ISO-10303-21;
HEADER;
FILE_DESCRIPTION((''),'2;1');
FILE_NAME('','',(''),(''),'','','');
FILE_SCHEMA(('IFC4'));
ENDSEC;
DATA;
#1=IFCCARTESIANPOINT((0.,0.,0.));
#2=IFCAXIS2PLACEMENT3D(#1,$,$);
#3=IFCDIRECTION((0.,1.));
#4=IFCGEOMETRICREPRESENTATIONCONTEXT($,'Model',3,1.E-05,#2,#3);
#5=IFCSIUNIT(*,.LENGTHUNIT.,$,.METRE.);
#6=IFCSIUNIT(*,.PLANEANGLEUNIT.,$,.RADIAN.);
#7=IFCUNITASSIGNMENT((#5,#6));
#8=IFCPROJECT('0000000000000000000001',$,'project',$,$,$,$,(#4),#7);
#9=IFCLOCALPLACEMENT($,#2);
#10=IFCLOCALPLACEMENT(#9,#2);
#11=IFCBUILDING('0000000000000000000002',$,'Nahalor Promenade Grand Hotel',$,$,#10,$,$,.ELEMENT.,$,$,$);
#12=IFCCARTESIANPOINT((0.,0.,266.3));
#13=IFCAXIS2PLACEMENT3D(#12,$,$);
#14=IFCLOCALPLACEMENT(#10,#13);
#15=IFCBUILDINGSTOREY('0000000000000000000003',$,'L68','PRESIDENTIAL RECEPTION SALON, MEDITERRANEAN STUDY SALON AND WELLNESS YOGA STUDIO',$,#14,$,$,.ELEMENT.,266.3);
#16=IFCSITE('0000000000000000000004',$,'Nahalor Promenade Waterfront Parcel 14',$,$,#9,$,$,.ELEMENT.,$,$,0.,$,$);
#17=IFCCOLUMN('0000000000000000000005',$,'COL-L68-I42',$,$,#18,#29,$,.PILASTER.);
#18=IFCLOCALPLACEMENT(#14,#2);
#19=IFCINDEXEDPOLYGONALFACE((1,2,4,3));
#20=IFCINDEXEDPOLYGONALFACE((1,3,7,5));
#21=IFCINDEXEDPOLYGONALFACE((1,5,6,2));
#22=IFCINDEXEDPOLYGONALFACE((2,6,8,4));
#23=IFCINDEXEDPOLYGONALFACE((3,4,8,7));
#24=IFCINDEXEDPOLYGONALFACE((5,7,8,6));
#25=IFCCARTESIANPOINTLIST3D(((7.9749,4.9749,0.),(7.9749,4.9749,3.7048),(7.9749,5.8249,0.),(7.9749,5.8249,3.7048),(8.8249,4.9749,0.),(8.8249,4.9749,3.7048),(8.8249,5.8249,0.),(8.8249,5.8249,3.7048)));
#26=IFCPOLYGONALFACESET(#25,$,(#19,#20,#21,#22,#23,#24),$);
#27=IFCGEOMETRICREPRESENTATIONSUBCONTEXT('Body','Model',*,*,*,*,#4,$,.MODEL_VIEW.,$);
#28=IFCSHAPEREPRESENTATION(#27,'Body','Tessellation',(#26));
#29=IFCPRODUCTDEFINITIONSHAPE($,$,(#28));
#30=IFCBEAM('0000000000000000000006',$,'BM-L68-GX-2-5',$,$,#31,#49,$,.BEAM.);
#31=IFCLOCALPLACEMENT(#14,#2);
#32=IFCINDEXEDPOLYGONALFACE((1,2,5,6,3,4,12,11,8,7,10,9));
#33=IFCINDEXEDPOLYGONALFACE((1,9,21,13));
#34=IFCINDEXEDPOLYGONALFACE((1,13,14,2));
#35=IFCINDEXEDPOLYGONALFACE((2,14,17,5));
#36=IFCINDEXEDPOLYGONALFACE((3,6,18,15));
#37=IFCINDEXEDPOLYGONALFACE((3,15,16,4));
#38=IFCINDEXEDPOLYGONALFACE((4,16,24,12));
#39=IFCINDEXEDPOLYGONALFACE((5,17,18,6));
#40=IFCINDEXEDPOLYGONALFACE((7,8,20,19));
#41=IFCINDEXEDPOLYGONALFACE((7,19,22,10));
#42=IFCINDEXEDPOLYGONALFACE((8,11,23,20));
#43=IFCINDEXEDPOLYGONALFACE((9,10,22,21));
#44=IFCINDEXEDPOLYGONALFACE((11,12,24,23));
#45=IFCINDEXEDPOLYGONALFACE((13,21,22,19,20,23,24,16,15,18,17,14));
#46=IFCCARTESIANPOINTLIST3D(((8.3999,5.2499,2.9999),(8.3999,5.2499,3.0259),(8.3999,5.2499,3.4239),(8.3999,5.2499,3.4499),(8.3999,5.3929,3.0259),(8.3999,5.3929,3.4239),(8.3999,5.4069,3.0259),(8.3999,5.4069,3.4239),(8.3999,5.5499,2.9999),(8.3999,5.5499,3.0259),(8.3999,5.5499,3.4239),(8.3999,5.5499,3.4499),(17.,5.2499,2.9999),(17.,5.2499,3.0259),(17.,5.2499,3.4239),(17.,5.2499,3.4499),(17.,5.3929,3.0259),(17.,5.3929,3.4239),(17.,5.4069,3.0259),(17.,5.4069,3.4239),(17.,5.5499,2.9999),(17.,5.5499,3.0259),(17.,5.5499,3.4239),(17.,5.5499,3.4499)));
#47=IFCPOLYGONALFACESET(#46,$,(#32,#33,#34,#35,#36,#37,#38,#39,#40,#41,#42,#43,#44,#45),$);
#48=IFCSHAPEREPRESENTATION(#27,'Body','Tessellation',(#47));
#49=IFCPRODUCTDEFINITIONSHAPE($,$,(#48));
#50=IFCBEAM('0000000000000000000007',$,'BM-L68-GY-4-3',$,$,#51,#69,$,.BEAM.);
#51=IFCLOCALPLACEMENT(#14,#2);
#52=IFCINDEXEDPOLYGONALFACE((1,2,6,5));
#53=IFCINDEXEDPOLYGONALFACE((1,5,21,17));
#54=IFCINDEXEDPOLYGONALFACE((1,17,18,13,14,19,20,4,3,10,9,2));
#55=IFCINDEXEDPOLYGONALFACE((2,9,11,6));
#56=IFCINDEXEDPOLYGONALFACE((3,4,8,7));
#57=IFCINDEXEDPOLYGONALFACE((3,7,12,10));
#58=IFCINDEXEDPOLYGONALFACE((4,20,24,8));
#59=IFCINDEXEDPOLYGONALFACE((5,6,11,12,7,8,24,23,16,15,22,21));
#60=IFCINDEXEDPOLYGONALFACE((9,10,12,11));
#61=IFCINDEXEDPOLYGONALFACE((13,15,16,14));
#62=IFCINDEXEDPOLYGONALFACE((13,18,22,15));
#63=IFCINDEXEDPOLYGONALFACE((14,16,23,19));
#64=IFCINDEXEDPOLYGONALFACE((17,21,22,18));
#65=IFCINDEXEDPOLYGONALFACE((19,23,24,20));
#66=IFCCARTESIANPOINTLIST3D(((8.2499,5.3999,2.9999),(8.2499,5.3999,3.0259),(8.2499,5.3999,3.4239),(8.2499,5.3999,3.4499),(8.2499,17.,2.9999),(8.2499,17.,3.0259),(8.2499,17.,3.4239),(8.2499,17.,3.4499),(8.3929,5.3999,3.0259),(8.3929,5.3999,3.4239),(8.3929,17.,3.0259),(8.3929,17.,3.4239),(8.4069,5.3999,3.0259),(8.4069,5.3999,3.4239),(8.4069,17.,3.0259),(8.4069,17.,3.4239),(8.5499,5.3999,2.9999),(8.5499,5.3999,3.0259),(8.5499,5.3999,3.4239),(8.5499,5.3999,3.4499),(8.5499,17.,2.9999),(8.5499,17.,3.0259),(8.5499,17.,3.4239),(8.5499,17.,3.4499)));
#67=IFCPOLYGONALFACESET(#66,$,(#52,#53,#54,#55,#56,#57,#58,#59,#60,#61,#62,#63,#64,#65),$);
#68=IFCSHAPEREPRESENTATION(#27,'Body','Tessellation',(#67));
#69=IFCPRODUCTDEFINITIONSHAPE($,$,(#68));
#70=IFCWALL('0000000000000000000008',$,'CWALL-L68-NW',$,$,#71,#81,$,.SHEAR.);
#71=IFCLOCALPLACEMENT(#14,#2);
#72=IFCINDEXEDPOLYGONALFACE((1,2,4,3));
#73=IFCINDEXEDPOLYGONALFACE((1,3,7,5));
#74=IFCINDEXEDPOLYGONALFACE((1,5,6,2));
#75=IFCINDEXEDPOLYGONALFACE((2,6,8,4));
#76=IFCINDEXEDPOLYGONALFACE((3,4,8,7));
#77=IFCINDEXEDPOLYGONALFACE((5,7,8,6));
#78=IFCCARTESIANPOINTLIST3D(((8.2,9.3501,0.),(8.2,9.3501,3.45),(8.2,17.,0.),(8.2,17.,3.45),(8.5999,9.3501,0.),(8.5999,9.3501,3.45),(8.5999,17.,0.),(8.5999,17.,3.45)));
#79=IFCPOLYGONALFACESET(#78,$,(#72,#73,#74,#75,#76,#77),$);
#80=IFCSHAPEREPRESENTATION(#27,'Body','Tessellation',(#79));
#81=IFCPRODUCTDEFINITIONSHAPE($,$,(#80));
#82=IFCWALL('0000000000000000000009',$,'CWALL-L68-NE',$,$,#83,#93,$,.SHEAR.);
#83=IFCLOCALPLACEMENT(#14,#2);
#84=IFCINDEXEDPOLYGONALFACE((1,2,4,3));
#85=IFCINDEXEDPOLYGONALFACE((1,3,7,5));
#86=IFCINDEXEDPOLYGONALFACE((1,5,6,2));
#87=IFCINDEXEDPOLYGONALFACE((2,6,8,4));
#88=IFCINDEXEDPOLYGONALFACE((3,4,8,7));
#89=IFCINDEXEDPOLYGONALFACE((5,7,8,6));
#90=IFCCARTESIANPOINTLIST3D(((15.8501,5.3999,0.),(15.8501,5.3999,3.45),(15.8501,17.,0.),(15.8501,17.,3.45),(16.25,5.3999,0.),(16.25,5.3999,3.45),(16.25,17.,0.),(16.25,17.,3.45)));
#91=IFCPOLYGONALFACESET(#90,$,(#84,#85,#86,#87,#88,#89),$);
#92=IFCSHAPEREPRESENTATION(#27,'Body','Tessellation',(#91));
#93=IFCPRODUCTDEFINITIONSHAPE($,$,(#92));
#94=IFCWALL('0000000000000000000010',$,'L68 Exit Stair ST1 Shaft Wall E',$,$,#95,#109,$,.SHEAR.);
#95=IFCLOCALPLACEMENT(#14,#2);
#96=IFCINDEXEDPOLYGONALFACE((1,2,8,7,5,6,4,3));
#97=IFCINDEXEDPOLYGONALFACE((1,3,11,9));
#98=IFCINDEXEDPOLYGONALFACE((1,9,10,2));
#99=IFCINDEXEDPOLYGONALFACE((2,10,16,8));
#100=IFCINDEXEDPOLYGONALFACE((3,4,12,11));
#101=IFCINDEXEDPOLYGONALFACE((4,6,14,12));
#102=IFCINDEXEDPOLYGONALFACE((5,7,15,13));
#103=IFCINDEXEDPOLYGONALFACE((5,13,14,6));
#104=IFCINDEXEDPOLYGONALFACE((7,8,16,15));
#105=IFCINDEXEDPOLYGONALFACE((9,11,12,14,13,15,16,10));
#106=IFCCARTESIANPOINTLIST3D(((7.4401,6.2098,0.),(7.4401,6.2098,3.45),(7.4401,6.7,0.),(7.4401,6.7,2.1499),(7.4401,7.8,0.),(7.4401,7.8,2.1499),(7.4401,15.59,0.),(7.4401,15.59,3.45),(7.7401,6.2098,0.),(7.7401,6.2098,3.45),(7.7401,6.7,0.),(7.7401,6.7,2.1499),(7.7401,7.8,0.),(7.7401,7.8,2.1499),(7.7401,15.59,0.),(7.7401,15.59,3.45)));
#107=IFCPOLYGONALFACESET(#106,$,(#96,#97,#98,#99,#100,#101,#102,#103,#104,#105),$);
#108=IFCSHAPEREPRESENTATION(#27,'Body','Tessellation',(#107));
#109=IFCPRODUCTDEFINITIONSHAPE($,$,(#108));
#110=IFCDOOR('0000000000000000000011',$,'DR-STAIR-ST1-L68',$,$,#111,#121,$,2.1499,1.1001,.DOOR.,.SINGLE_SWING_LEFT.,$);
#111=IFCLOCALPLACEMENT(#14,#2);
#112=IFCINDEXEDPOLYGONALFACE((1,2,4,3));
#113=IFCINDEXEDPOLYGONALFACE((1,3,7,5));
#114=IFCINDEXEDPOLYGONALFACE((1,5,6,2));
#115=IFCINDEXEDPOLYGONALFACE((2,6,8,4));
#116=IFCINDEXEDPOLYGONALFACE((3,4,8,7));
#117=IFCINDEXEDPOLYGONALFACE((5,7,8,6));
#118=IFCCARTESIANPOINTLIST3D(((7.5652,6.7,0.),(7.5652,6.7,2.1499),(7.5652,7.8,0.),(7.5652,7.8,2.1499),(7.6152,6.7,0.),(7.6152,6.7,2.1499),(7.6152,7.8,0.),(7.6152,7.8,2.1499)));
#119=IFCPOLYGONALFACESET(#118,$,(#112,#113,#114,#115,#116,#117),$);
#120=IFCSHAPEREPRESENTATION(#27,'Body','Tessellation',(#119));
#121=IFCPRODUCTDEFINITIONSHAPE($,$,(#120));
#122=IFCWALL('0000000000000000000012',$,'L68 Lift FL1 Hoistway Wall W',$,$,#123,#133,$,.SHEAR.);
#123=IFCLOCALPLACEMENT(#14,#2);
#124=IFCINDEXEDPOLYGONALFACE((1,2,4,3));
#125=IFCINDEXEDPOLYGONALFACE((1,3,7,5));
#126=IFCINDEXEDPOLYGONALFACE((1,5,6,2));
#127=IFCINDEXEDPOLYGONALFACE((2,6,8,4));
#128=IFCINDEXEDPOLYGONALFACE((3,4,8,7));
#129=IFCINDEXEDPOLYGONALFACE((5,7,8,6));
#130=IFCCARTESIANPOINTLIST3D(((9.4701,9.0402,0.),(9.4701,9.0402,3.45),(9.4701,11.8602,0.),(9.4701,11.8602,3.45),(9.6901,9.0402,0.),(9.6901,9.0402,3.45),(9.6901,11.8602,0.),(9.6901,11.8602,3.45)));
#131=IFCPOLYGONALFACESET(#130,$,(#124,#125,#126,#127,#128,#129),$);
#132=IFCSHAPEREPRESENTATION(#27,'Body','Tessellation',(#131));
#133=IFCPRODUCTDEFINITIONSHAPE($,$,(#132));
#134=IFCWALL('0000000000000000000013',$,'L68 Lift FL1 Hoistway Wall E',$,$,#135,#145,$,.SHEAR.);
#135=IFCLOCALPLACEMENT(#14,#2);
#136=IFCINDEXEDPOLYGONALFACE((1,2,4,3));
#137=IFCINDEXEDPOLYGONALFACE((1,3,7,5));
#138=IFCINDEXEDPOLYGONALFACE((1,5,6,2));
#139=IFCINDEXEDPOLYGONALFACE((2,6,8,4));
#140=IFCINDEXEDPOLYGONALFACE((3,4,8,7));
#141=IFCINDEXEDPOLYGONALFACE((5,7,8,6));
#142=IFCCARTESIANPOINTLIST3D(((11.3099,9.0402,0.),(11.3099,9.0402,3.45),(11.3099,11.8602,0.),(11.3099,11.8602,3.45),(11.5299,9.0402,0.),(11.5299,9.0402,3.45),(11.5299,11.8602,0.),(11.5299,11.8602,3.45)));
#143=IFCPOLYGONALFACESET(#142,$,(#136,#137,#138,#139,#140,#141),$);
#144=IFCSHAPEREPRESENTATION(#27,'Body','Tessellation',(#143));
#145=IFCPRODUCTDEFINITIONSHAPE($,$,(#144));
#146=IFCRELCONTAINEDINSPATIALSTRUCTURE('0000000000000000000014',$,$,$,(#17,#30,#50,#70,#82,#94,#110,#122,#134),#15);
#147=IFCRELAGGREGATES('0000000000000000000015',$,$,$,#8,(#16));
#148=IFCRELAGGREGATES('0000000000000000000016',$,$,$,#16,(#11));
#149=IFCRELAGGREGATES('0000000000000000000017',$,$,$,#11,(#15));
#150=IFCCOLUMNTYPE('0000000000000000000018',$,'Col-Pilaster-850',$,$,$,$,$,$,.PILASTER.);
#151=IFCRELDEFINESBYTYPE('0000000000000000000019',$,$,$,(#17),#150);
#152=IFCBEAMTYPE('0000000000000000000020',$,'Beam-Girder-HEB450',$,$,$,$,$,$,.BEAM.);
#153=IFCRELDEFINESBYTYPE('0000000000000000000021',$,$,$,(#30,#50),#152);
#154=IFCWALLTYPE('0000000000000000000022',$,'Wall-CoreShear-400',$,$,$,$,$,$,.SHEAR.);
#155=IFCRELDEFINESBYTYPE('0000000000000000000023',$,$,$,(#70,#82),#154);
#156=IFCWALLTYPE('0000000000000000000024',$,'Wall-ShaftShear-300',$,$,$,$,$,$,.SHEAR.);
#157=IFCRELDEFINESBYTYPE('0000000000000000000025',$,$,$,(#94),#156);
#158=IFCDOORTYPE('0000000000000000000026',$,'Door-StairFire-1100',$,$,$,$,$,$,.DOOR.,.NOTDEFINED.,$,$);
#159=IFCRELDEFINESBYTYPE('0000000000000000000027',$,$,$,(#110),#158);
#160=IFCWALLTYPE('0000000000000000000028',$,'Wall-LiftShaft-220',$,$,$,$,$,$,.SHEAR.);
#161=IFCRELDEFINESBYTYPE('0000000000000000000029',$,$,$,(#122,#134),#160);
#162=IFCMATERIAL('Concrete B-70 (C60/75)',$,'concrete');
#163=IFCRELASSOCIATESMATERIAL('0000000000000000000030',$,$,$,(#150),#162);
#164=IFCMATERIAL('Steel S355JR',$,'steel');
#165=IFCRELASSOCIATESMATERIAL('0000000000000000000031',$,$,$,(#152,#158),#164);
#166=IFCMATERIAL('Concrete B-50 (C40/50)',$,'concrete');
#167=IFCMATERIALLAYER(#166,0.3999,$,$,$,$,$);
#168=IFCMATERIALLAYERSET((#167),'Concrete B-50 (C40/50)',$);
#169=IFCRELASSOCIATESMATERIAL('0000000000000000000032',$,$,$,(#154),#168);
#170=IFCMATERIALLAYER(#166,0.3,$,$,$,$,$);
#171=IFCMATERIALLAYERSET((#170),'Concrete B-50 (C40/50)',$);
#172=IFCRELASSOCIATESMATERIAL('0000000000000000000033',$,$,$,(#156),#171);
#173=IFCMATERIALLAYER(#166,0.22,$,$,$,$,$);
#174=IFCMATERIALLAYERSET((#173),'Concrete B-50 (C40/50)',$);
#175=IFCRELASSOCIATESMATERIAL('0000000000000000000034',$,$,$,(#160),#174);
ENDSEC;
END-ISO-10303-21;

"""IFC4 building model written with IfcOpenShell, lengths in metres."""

from ifc_helpers import new_model, si_unit, direction, frame, frame_2d, origin, origin_2d, place, context, subcontext, project, spatial, rectangle, i_section, extrude, source, transform, mapped, material, layer, layer_set, material_profile, profile_set, type_object, element, fill, save


model = new_model("IFC4")

# Units and contexts
model_context = context("Model", 3, precision=1e-05, world=origin(), true_north=direction((0.0, 1.0)))
body_context = subcontext(model_context, "Body", "Model", "MODEL_VIEW")
ifc_project = project(units=[si_unit("LENGTHUNIT", "METRE"), si_unit("PLANEANGLEUNIT", "RADIAN")], contexts=[model_context])

# Site, building, storey
site_placement = place(None, origin())
site = spatial("IfcSite", under=ifc_project, at=site_placement, Name="Nahalor Promenade Waterfront Parcel 14", CompositionType="ELEMENT", RefElevation=0.0)
building_placement = place(site_placement, origin())
building = spatial("IfcBuilding", under=site, at=building_placement, Name="Nahalor Promenade Grand Hotel", CompositionType="ELEMENT")
storey_placement = place(building_placement, frame((0.0, 0.0, 266.3)))
storey = spatial("IfcBuildingStorey", under=building, at=storey_placement, Name="L68", Description="PRESIDENTIAL RECEPTION SALON, MEDITERRANEAN STUDY SALON AND WELLNESS YOGA STUDIO", CompositionType="ELEMENT", Elevation=266.3)

# Column
ifc_material_1 = material(Name="Concrete B-70 (C60/75)", Category="concrete")
ifc_material_profile_1 = material_profile(ifc_material_1, rectangle(XDim=0.85, YDim=0.85, at=origin_2d()), Name="RC 850x850")
ifc_profile_set_1 = profile_set([ifc_material_profile_1], Name="Concrete B-70 (C60/75)")
column_type = type_object("IfcColumnType", Name="Col-Pilaster-850", PredefinedType="PILASTER", material=ifc_profile_set_1)
shared_shape_1 = source(origin(), body_context, "Body", "SweptSolid", [
    extrude(rectangle(XDim=0.85, YDim=0.85, at=origin_2d()), origin(), (0.0, 0.0, 1.0), 3.7048),
])
column_placement = place(storey_placement, frame((8.3999, 5.3999, 0.0), z_axis=(0.0, 0.0, 1.0), x_axis=(1.0, 0.0, 0.0)))
element("IfcColumn", 1, at=column_placement, inside=storey, type_object=column_type, Name="COL-L68-I42", PredefinedType="PILASTER", context=body_context, shape_type="MappedRepresentation", body=[
    mapped(shared_shape_1, transform((0.0, 0.0, 0.0), scale=1.0)),
])

# Beams
ifc_material_2 = material(Name="Steel S355JR", Category="steel")
ifc_material_profile_2 = material_profile(ifc_material_2, i_section(OverallWidth=0.3, OverallDepth=0.45, WebThickness=0.014, FlangeThickness=0.026, at=origin_2d()), Name="HEB 450")
ifc_profile_set_2 = profile_set([ifc_material_profile_2], Name="Steel S355JR")
beam_type = type_object("IfcBeamType", Name="Beam-Girder-HEB450", PredefinedType="BEAM", material=ifc_profile_set_2)
shared_shape_2 = source(origin(), body_context, "Body", "SweptSolid", [
    extrude(i_section(OverallWidth=0.3, OverallDepth=0.45, WebThickness=0.014, FlangeThickness=0.026, at=origin_2d()), origin(), (0.0, 0.0, 1.0), 8.6001),
])
beam_1_placement = place(storey_placement, frame((8.3999, 5.3999, 3.2249), z_axis=(1.0, 0.0, 0.0), x_axis=(0.0, 1.0, 0.0)))
element("IfcBeam", 2, at=beam_1_placement, inside=storey, type_object=beam_type, Name="BM-L68-GX-2-5", PredefinedType="BEAM", context=body_context, shape_type="MappedRepresentation", body=[
    mapped(shared_shape_2, transform((0.0, 0.0, 0.0), scale=1.0)),
])
shared_shape_3 = source(origin(), body_context, "Body", "SweptSolid", [
    extrude(i_section(OverallWidth=0.3, OverallDepth=0.45, WebThickness=0.014, FlangeThickness=0.026, at=origin_2d()), origin(), (0.0, 0.0, 1.0), 11.6001),
])
beam_2_placement = place(storey_placement, frame((8.3999, 5.3999, 3.2249), z_axis=(0.0, 1.0, 0.0), x_axis=(-1.0, 0.0, 0.0)))
element("IfcBeam", 3, at=beam_2_placement, inside=storey, type_object=beam_type, Name="BM-L68-GY-4-3", PredefinedType="BEAM", context=body_context, shape_type="MappedRepresentation", body=[
    mapped(shared_shape_3, transform((0.0, 0.0, 0.0), scale=1.0)),
])

# Walls
ifc_material_3 = material(Name="Concrete B-50 (C40/50)", Category="concrete")
ifc_layer_1 = layer(ifc_material_3, 0.3999)
ifc_layer_set_1 = layer_set([ifc_layer_1], Name="Concrete B-50 (C40/50)")
wall_type_1 = type_object("IfcWallType", Name="Wall-CoreShear-400", PredefinedType="SHEAR", material=ifc_layer_set_1)
shared_shape_4 = source(origin(), body_context, "Body", "SweptSolid", [
    extrude(rectangle(XDim=7.6499, YDim=0.3999, at=frame_2d((3.825, 0.0))), origin(), (0.0, 0.0, 1.0), 3.45),
])
wall_1_placement = place(storey_placement, frame((8.3999, 9.3501, 0.0), z_axis=(0.0, 0.0, 1.0), x_axis=(0.0, 1.0, 0.0)))
element("IfcWall", 4, at=wall_1_placement, inside=storey, type_object=wall_type_1, Name="CWALL-L68-NW", PredefinedType="SHEAR", context=body_context, shape_type="MappedRepresentation", body=[
    mapped(shared_shape_4, transform((0.0, 0.0, 0.0), scale=1.0)),
])
shared_shape_5 = source(origin(), body_context, "Body", "SweptSolid", [
    extrude(rectangle(XDim=11.6001, YDim=0.3999, at=frame_2d((5.8, 0.0))), origin(), (0.0, 0.0, 1.0), 3.45),
])
wall_2_placement = place(storey_placement, frame((16.05, 5.3999, 0.0), z_axis=(0.0, 0.0, 1.0), x_axis=(0.0, 1.0, 0.0)))
element("IfcWall", 5, at=wall_2_placement, inside=storey, type_object=wall_type_1, Name="CWALL-L68-NE", PredefinedType="SHEAR", context=body_context, shape_type="MappedRepresentation", body=[
    mapped(shared_shape_5, transform((0.0, 0.0, 0.0), scale=1.0)),
])

# Wall, opening, door
ifc_layer_2 = layer(ifc_material_3, 0.3)
ifc_layer_set_2 = layer_set([ifc_layer_2], Name="Concrete B-50 (C40/50)")
wall_type_2 = type_object("IfcWallType", Name="Wall-ShaftShear-300", PredefinedType="SHEAR", material=ifc_layer_set_2)
shared_shape_6 = source(origin(), body_context, "Body", "SweptSolid", [
    extrude(rectangle(XDim=9.3801, YDim=0.3, at=frame_2d((4.6899, 0.0))), origin(), (0.0, 0.0, 1.0), 3.45),
])
wall_3_placement = place(storey_placement, frame((7.5901, 6.21, 0.0), z_axis=(0.0, 0.0, 1.0), x_axis=(0.0, 1.0, 0.0)))
wall_3 = element("IfcWall", 6, at=wall_3_placement, inside=storey, type_object=wall_type_2, Name="L68 Exit Stair ST1 Shaft Wall E", PredefinedType="SHEAR", context=body_context, shape_type="MappedRepresentation", body=[
    mapped(shared_shape_6, transform((0.0, 0.0, 0.0), scale=1.0)),
])
opening_1_placement = place(wall_3_placement, frame((0.49, 0.0, 0.0)))
opening_1 = element("IfcOpeningElement", 7, at=opening_1_placement, cuts=wall_3, PredefinedType="OPENING", context=body_context, shape_type="SweptSolid", body=[
    extrude(rectangle(XDim=1.1001, YDim=2.1499, at=frame_2d((0.55, 1.075))), frame((0.0, 0.1599, 0.0), z_axis=(0.0, -1.0, 0.0), x_axis=(1.0, 0.0, 0.0)), (0.0, 0.0, 1.0), 0.3201),
])
door_type_1 = type_object("IfcDoorType", Name="Door-StairFire-1100", OperationType="NOTDEFINED", PredefinedType="DOOR", material=ifc_material_2)
shared_shape_7 = source(origin(), body_context, "Body", "SweptSolid", [
    extrude(rectangle(XDim=1.1001, YDim=2.1499, at=frame_2d((0.55, 1.075))), frame((0.0, 0.0249, 0.0), z_axis=(0.0, -1.0, 0.0), x_axis=(1.0, 0.0, 0.0)), (0.0, 0.0, 1.0), 0.05),
])
door_1_placement = place(opening_1_placement, origin())
door_1 = element("IfcDoor", 8, at=door_1_placement, inside=storey, type_object=door_type_1, Name="DR-STAIR-ST1-L68", OperationType="SINGLE_SWING_LEFT", OverallHeight=2.1499, OverallWidth=1.1001, PredefinedType="DOOR", context=body_context, shape_type="MappedRepresentation", body=[
    mapped(shared_shape_7, transform((0.0, 0.0, 0.0), scale=1.0)),
])
fill(opening_1, door_1)

# Walls
ifc_layer_3 = layer(ifc_material_3, 0.22)
ifc_layer_set_3 = layer_set([ifc_layer_3], Name="Concrete B-50 (C40/50)")
wall_type_3 = type_object("IfcWallType", Name="Wall-LiftShaft-220", PredefinedType="SHEAR", material=ifc_layer_set_3)
shared_shape_8 = source(origin(), body_context, "Body", "SweptSolid", [
    extrude(rectangle(XDim=2.8201, YDim=0.22, at=frame_2d((1.4102, 0.0))), origin(), (0.0, 0.0, 1.0), 3.45),
])
for number, where, z_axis, x_axis, name in (
    (9, (9.5801, 9.04, 0.0), (0.0, 0.0, 1.0), (0.0, 1.0, 0.0), "L68 Lift FL1 Hoistway Wall W"),
    (10, (11.4199, 9.04, 0.0), (0.0, 0.0, 1.0), (0.0, 1.0, 0.0), "L68 Lift FL1 Hoistway Wall E"),
):
    element("IfcWall", number, at=place(storey_placement, frame(where, z_axis=z_axis, x_axis=x_axis)), inside=storey, type_object=wall_type_3, Name=name, PredefinedType="SHEAR", context=body_context, shape_type="MappedRepresentation", body=[
        mapped(shared_shape_8, transform((0.0, 0.0, 0.0), scale=1.0)),
    ])

save(model, "model.ifc")
